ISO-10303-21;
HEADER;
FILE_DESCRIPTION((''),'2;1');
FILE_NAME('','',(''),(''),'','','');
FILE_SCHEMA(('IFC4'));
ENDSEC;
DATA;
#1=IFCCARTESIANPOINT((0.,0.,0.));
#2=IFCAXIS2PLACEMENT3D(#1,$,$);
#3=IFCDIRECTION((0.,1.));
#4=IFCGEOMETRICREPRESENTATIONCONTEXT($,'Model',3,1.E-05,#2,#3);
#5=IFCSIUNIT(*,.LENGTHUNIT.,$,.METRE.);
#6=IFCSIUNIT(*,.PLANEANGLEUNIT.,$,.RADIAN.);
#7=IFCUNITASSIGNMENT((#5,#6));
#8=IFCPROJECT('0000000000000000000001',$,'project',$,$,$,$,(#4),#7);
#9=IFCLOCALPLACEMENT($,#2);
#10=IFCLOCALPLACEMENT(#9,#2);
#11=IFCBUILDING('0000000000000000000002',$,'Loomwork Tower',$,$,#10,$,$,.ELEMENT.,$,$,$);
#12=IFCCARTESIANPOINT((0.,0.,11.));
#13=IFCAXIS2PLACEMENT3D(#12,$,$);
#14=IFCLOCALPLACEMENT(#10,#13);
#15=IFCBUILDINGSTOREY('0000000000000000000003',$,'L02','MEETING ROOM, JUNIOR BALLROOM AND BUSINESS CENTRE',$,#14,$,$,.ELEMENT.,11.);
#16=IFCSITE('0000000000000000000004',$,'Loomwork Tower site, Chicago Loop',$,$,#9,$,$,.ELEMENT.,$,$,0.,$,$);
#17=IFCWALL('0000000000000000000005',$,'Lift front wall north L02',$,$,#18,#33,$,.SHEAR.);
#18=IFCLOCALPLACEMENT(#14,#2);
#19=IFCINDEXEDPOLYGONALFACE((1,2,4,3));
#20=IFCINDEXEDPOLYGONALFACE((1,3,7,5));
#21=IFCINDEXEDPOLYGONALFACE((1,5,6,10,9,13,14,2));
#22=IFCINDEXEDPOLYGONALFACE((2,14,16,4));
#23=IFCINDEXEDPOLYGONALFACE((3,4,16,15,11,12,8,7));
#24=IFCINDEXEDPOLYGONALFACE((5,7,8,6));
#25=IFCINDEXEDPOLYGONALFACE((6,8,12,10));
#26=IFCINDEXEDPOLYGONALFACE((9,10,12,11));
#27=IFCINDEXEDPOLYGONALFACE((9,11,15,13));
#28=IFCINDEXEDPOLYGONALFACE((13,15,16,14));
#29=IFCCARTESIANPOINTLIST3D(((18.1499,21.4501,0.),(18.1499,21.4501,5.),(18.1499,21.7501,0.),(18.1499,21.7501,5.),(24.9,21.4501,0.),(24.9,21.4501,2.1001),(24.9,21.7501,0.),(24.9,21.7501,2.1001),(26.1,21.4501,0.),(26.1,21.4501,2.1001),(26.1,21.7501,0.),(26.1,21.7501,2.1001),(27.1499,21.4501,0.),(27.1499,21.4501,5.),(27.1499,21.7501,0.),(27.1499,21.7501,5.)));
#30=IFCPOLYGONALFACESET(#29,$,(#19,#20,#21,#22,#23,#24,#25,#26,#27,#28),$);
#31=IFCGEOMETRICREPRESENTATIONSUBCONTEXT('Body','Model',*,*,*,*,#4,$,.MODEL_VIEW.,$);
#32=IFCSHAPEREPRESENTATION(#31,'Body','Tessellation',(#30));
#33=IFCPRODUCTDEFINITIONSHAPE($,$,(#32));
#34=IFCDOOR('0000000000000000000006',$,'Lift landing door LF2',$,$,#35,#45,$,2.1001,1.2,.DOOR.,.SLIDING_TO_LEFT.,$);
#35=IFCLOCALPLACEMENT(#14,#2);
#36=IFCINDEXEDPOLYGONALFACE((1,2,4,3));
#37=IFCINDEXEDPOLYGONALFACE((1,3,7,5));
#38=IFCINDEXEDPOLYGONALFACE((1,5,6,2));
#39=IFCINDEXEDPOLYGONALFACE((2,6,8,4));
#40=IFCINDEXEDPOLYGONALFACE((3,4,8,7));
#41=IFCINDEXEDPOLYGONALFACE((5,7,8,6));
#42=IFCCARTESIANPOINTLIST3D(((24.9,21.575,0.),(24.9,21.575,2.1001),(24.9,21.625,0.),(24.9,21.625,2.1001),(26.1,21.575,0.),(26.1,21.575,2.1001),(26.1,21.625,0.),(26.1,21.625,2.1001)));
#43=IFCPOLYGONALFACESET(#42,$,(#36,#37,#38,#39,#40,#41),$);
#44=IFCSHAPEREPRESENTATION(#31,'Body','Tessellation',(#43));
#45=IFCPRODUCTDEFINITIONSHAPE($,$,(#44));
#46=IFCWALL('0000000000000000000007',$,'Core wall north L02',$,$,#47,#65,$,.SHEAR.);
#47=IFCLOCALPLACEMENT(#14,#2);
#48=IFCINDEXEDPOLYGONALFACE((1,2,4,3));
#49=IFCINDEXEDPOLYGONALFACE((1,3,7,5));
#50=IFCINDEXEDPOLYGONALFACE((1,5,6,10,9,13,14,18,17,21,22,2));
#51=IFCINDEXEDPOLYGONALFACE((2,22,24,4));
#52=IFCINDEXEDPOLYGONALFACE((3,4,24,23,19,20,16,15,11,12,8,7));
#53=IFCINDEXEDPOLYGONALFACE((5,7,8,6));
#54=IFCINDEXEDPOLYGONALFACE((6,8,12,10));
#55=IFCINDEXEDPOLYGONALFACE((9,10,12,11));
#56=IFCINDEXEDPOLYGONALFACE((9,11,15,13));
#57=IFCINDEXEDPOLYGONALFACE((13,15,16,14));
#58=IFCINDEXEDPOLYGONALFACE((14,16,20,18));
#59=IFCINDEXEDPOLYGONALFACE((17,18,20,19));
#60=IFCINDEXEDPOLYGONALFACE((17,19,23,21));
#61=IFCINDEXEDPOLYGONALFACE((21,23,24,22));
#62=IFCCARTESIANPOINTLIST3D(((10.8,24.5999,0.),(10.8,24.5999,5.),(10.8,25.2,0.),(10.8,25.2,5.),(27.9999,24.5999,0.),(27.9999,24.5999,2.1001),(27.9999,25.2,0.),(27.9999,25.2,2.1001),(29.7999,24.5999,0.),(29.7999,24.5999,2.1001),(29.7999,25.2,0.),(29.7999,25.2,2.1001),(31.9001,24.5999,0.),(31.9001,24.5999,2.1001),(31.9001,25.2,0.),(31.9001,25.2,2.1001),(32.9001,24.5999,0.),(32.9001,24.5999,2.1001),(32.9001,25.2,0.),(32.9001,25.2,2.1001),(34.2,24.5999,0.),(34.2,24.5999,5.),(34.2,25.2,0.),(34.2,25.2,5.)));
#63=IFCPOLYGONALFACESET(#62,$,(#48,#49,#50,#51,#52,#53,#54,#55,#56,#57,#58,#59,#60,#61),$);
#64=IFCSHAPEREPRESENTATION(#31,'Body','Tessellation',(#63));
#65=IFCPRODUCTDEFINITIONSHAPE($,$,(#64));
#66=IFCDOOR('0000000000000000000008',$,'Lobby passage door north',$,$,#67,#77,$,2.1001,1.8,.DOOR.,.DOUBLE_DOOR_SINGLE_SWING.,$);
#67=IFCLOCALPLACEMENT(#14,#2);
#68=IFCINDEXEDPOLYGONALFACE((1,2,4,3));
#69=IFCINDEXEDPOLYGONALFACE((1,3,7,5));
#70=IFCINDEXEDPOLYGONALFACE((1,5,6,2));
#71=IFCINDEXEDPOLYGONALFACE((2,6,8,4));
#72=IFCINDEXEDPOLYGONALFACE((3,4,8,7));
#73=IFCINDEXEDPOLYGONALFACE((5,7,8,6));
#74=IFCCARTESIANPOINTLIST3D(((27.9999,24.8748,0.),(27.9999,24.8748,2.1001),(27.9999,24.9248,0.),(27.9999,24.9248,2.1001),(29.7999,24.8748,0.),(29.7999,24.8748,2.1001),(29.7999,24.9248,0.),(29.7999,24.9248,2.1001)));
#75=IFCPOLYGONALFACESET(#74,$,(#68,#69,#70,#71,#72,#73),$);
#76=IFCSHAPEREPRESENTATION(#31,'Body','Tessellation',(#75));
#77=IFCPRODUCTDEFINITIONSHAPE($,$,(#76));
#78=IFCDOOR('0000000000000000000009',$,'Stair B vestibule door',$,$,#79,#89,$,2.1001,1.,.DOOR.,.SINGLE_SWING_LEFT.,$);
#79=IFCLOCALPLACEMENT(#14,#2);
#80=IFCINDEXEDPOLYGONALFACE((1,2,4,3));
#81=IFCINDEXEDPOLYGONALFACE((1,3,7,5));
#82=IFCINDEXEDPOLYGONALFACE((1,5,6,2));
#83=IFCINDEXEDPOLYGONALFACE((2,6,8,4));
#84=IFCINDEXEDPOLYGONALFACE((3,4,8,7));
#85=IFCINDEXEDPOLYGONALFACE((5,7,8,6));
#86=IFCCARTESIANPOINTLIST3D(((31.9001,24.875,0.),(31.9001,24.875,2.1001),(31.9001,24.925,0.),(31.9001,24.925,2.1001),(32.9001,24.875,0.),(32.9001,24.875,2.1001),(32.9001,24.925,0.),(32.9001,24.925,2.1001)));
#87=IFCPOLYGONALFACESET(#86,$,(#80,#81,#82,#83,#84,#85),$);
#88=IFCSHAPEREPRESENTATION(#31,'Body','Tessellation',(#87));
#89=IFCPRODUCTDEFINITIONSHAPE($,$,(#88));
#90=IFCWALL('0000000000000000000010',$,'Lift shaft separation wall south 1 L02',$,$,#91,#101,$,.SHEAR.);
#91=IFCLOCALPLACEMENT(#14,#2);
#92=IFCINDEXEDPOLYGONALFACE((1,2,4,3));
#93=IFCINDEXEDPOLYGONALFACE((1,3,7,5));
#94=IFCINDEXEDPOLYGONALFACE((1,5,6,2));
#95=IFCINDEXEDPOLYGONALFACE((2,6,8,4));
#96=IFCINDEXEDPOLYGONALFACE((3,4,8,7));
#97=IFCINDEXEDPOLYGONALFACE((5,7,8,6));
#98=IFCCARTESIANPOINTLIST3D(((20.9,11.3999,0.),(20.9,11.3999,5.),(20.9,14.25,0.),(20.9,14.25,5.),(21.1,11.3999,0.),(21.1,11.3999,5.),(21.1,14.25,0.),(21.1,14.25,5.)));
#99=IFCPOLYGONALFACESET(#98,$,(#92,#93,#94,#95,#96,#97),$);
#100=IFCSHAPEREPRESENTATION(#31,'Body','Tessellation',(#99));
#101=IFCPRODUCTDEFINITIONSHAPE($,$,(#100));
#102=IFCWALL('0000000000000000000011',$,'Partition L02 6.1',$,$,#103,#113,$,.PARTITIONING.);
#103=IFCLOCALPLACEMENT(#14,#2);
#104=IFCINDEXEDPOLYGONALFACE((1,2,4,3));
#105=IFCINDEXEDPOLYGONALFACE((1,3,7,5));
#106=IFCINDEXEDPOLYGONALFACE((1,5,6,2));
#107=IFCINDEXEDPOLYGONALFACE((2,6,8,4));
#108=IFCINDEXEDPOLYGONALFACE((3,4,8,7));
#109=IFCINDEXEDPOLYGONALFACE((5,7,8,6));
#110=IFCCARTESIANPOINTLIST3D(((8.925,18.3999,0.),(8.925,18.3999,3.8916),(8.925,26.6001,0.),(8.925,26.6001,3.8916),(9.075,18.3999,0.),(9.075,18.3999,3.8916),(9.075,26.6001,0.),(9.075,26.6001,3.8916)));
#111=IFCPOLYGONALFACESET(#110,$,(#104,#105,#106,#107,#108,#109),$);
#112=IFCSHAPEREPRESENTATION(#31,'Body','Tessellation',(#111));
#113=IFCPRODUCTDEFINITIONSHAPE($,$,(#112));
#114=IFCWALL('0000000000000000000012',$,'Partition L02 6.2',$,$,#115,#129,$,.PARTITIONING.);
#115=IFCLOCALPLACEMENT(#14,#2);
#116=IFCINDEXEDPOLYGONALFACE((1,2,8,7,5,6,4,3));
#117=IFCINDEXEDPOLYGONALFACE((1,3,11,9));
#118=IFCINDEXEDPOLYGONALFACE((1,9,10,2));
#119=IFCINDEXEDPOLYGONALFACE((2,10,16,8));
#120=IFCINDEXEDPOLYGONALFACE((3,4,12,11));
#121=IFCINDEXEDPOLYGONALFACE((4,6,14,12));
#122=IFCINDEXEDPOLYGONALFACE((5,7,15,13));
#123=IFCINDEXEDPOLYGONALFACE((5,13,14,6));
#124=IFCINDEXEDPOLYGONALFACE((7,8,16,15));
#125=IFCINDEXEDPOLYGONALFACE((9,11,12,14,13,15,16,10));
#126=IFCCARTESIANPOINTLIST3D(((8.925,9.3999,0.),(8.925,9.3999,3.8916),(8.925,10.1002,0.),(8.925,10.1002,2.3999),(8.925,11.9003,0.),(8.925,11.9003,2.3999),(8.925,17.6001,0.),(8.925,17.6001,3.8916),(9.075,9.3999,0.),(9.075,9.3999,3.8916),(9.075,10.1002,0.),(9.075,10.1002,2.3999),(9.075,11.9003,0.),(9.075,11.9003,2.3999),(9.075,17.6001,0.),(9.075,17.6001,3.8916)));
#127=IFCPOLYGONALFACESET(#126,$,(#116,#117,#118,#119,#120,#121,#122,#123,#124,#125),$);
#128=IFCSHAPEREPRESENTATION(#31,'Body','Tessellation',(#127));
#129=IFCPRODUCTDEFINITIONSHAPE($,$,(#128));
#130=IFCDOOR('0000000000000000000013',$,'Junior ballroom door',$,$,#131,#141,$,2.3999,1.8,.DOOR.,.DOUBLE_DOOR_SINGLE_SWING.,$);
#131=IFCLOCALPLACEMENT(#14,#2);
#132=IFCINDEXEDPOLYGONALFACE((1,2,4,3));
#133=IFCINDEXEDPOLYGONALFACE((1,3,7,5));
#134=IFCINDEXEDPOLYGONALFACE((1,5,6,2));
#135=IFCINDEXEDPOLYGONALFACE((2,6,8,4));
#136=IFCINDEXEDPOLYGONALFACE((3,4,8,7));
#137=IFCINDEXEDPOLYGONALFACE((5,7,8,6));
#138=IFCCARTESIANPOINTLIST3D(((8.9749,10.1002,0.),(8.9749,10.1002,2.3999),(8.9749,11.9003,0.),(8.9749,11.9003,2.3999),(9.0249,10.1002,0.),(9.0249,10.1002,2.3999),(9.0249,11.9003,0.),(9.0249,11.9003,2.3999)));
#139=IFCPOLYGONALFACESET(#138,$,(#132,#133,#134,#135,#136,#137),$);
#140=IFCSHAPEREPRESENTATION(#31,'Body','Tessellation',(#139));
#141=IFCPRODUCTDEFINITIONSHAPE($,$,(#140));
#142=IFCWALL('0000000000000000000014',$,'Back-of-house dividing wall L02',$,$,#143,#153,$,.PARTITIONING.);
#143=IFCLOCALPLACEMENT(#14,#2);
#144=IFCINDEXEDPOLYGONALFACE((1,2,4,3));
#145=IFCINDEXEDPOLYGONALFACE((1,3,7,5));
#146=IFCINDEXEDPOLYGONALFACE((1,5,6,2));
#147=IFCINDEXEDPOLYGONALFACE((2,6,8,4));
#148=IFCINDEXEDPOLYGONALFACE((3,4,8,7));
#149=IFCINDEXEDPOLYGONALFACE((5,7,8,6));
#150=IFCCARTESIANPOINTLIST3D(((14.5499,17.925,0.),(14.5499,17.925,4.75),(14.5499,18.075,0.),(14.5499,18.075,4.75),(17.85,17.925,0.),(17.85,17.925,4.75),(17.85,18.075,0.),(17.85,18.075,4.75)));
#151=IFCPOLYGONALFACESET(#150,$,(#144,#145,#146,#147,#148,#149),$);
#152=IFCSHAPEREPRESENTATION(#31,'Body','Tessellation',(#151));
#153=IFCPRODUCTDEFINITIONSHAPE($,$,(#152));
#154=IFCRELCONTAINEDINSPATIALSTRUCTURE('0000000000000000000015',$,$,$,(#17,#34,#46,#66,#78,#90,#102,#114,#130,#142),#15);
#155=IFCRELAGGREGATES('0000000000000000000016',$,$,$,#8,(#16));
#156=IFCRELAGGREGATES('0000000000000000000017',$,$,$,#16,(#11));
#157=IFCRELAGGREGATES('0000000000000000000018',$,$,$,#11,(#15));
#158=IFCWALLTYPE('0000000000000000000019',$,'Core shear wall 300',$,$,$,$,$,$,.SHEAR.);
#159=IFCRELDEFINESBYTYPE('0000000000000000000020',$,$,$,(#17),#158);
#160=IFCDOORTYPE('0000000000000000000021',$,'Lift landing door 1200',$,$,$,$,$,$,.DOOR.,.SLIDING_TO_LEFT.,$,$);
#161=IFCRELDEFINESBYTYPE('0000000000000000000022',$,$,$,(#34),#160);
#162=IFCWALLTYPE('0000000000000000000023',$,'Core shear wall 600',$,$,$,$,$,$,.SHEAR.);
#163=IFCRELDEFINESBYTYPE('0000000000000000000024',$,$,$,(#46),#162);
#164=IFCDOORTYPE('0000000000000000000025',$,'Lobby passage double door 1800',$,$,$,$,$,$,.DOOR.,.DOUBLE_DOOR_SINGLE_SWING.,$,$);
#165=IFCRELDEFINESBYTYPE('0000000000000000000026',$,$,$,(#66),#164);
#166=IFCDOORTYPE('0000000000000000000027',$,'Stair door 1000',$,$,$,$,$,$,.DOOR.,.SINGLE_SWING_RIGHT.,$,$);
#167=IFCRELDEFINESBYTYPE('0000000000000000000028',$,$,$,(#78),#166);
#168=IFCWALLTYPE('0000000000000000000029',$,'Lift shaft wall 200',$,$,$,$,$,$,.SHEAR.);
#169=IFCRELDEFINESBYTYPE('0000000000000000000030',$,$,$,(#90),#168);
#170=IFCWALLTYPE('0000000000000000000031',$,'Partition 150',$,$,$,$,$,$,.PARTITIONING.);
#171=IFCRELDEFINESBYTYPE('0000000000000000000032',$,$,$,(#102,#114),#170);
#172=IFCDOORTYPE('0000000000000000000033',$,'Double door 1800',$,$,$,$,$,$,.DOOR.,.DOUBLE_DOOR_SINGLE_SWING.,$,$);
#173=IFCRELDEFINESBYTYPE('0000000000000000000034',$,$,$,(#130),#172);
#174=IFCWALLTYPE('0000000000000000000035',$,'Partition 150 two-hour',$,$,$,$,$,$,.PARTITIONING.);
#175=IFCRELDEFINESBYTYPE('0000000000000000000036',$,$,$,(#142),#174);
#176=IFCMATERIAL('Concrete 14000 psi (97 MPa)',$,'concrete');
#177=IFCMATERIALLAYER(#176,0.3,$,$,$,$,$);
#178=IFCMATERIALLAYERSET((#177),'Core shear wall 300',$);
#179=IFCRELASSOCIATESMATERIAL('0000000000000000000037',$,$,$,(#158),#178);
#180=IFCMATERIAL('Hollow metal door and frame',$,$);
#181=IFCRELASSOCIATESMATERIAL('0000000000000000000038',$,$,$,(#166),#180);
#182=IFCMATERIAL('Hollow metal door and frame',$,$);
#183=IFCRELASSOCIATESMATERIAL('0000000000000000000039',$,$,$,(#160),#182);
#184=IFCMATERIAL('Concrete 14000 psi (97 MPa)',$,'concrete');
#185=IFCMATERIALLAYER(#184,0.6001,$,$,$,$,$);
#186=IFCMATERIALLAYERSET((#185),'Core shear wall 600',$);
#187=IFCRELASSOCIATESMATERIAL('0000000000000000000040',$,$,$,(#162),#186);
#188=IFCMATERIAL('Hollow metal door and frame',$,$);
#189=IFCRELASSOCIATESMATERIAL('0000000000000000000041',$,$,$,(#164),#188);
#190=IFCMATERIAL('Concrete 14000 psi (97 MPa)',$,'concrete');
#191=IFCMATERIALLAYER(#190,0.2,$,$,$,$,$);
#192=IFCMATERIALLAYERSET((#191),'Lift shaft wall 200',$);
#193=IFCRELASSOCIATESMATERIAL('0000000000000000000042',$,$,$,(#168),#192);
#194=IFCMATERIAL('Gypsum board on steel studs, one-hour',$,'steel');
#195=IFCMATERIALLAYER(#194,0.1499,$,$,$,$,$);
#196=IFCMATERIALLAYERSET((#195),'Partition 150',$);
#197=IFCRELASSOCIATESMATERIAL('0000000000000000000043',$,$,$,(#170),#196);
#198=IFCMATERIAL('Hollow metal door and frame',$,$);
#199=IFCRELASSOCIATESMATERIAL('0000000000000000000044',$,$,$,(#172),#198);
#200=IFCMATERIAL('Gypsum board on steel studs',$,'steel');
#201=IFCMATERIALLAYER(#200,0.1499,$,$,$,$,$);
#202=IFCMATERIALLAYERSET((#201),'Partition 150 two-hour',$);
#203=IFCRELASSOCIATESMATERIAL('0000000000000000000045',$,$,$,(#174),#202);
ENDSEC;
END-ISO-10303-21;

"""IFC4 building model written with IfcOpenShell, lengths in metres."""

from ifc_helpers import new_model, si_unit, direction, frame, frame_2d, origin, place, context, subcontext, project, spatial, rectangle, extrude, material, layer, layer_set, type_object, element, fill, save


model = new_model("IFC4")

# Units and contexts
model_context = context("Model", 3, precision=1e-05, world=origin(), true_north=direction((0.0, 1.0)))
body_context = subcontext(model_context, "Body", "Model", "MODEL_VIEW")
ifc_project = project(units=[si_unit("LENGTHUNIT", "METRE"), si_unit("PLANEANGLEUNIT", "RADIAN")], contexts=[model_context])

# Site, building, storey
site_placement = place(None, origin())
site = spatial("IfcSite", under=ifc_project, at=site_placement, Name="Loomwork Tower site, Chicago Loop", CompositionType="ELEMENT", RefElevation=0.0)
building_placement = place(site_placement, origin())
building = spatial("IfcBuilding", under=site, at=building_placement, Name="Loomwork Tower", CompositionType="ELEMENT")
storey_placement = place(building_placement, frame((0.0, 0.0, 11.0)))
storey = spatial("IfcBuildingStorey", under=building, at=storey_placement, Name="L02", Description="MEETING ROOM, JUNIOR BALLROOM AND BUSINESS CENTRE", CompositionType="ELEMENT", Elevation=11.0)

# Shared definitions
ifc_material_1 = material(Name="Concrete 14000 psi (97 MPa)", Category="concrete")
ifc_layer_1 = layer(ifc_material_1, 0.3)
ifc_layer_set_1 = layer_set([ifc_layer_1], Name="Core shear wall 300")
wall_type_1 = type_object("IfcWallType", Name="Core shear wall 300", PredefinedType="SHEAR", material=ifc_layer_set_1)
ifc_material_2 = material(Name="Hollow metal door and frame")
door_type_1 = type_object("IfcDoorType", Name="Stair door 1000", OperationType="SINGLE_SWING_RIGHT", PredefinedType="DOOR", material=ifc_material_2)

# Shared definitions
ifc_material_3 = material(Name="Hollow metal door and frame")
door_type_2 = type_object("IfcDoorType", Name="Lift landing door 1200", OperationType="SLIDING_TO_LEFT", PredefinedType="DOOR", material=ifc_material_3)

# Wall, opening, door
wall_1_placement = place(storey_placement, frame((18.1499, 21.6001, 0.0), z_axis=(0.0, 0.0, 1.0), x_axis=(1.0, 0.0, 0.0)))
wall_1 = element("IfcWall", 1, at=wall_1_placement, inside=storey, type_object=wall_type_1, Name="Lift front wall north L02", PredefinedType="SHEAR", context=body_context, shape_type="SweptSolid", body=[
    extrude(rectangle(XDim=9.0, YDim=0.3, at=frame_2d((4.5, 0.0))), origin(), (0.0, 0.0, 1.0), 5.0),
])
opening_1_placement = place(wall_1_placement, frame((6.75, 0.0, 0.0)))
opening_1 = element("IfcOpeningElement", 2, at=opening_1_placement, cuts=wall_1, PredefinedType="OPENING", context=body_context, shape_type="SweptSolid", body=[
    extrude(rectangle(XDim=1.2, YDim=2.1001, at=frame_2d((0.6001, 1.05))), frame((0.0, 0.1599, 0.0), z_axis=(0.0, -1.0, 0.0), x_axis=(1.0, 0.0, 0.0)), (0.0, 0.0, 1.0), 0.3201),
])
door_1_placement = place(opening_1_placement, origin())
door_1 = element("IfcDoor", 3, at=door_1_placement, inside=storey, type_object=door_type_2, Name="Lift landing door LF2", OperationType="SLIDING_TO_LEFT", OverallHeight=2.1001, OverallWidth=1.2, PredefinedType="DOOR", context=body_context, shape_type="SweptSolid", body=[
    extrude(rectangle(XDim=1.2, YDim=2.1001, at=frame_2d((0.6001, 1.05))), frame((0.0, 0.0249, 0.0), z_axis=(0.0, -1.0, 0.0), x_axis=(1.0, 0.0, 0.0)), (0.0, 0.0, 1.0), 0.05),
])
fill(opening_1, door_1)

# Wall, openings, doors
ifc_material_4 = material(Name="Concrete 14000 psi (97 MPa)", Category="concrete")
ifc_layer_2 = layer(ifc_material_4, 0.6001)
ifc_layer_set_2 = layer_set([ifc_layer_2], Name="Core shear wall 600")
wall_type_2 = type_object("IfcWallType", Name="Core shear wall 600", PredefinedType="SHEAR", material=ifc_layer_set_2)
wall_2_placement = place(storey_placement, frame((10.8, 24.8999, 0.0), z_axis=(0.0, 0.0, 1.0), x_axis=(1.0, 0.0, 0.0)))
wall_2 = element("IfcWall", 4, at=wall_2_placement, inside=storey, type_object=wall_type_2, Name="Core wall north L02", PredefinedType="SHEAR", context=body_context, shape_type="SweptSolid", body=[
    extrude(rectangle(XDim=23.3999, YDim=0.6001, at=frame_2d((11.7, 0.0))), origin(), (0.0, 0.0, 1.0), 5.0),
])
opening_2_placement = place(wall_2_placement, frame((17.2, 0.0, 0.0)))
opening_2 = element("IfcOpeningElement", 5, at=opening_2_placement, cuts=wall_2, PredefinedType="OPENING", context=body_context, shape_type="SweptSolid", body=[
    extrude(rectangle(XDim=1.8, YDim=2.1001, at=frame_2d((0.8999, 1.05))), frame((0.0, 0.3101, 0.0), z_axis=(0.0, -1.0, 0.0), x_axis=(1.0, 0.0, 0.0)), (0.0, 0.0, 1.0), 0.6201),
])
opening_3_placement = place(wall_2_placement, frame((21.1001, 0.0, 0.0)))
opening_3 = element("IfcOpeningElement", 6, at=opening_3_placement, cuts=wall_2, PredefinedType="OPENING", context=body_context, shape_type="SweptSolid", body=[
    extrude(rectangle(XDim=1.0, YDim=2.1001, at=frame_2d((0.5, 1.05))), frame((0.0, 0.3101, 0.0), z_axis=(0.0, -1.0, 0.0), x_axis=(1.0, 0.0, 0.0)), (0.0, 0.0, 1.0), 0.6201),
])
ifc_material_5 = material(Name="Hollow metal door and frame")
door_type_3 = type_object("IfcDoorType", Name="Lobby passage double door 1800", OperationType="DOUBLE_DOOR_SINGLE_SWING", PredefinedType="DOOR", material=ifc_material_5)
door_2_placement = place(opening_2_placement, origin())
door_2 = element("IfcDoor", 7, at=door_2_placement, inside=storey, type_object=door_type_3, Name="Lobby passage door north", OperationType="DOUBLE_DOOR_SINGLE_SWING", OverallHeight=2.1001, OverallWidth=1.8, PredefinedType="DOOR", context=body_context, shape_type="SweptSolid", body=[
    extrude(rectangle(XDim=1.8, YDim=2.1001, at=frame_2d((0.8999, 1.05))), frame((0.0, 0.0249, 0.0), z_axis=(0.0, -1.0, 0.0), x_axis=(1.0, 0.0, 0.0)), (0.0, 0.0, 1.0), 0.05),
])
fill(opening_2, door_2)
door_3_placement = place(opening_3_placement, frame((1.0, 0.0, 0.0), z_axis=(0.0, 0.0, 1.0), x_axis=(-1.0, 0.0, 0.0)))
door_3 = element("IfcDoor", 8, at=door_3_placement, inside=storey, type_object=door_type_1, Name="Stair B vestibule door", OperationType="SINGLE_SWING_LEFT", OverallHeight=2.1001, OverallWidth=1.0, PredefinedType="DOOR", context=body_context, shape_type="SweptSolid", body=[
    extrude(rectangle(XDim=1.0, YDim=2.1001, at=frame_2d((0.5, 1.05))), frame((0.0, 0.0249, 0.0), z_axis=(0.0, -1.0, 0.0), x_axis=(1.0, 0.0, 0.0)), (0.0, 0.0, 1.0), 0.05),
])
fill(opening_3, door_3)

# Walls
ifc_material_6 = material(Name="Concrete 14000 psi (97 MPa)", Category="concrete")
ifc_layer_3 = layer(ifc_material_6, 0.2)
ifc_layer_set_3 = layer_set([ifc_layer_3], Name="Lift shaft wall 200")
wall_type_3 = type_object("IfcWallType", Name="Lift shaft wall 200", PredefinedType="SHEAR", material=ifc_layer_set_3)
wall_3_placement = place(storey_placement, frame((21.0, 11.3999, 0.0), z_axis=(0.0, 0.0, 1.0), x_axis=(0.0, 1.0, 0.0)))
element("IfcWall", 9, at=wall_3_placement, inside=storey, type_object=wall_type_3, Name="Lift shaft separation wall south 1 L02", PredefinedType="SHEAR", context=body_context, shape_type="SweptSolid", body=[
    extrude(rectangle(XDim=2.8501, YDim=0.2, at=frame_2d((1.425, 0.0))), origin(), (0.0, 0.0, 1.0), 5.0),
])
ifc_material_7 = material(Name="Gypsum board on steel studs, one-hour", Category="steel")
ifc_layer_4 = layer(ifc_material_7, 0.1499)
ifc_layer_set_4 = layer_set([ifc_layer_4], Name="Partition 150")
wall_type_4 = type_object("IfcWallType", Name="Partition 150", PredefinedType="PARTITIONING", material=ifc_layer_set_4)
wall_4_placement = place(storey_placement, frame((9.0, 26.6001, 0.0), z_axis=(0.0, 0.0, 1.0), x_axis=(0.0, -1.0, 0.0)))
element("IfcWall", 10, at=wall_4_placement, inside=storey, type_object=wall_type_4, Name="Partition L02 6.1", PredefinedType="PARTITIONING", context=body_context, shape_type="SweptSolid", body=[
    extrude(rectangle(XDim=8.2002, YDim=0.1499, at=frame_2d((4.1001, 0.0))), origin(), (0.0, 0.0, 1.0), 3.8916),
])

# Wall, opening, door
wall_5_placement = place(storey_placement, frame((9.0, 17.6001, 0.0), z_axis=(0.0, 0.0, 1.0), x_axis=(0.0, -1.0, 0.0)))
wall_5 = element("IfcWall", 11, at=wall_5_placement, inside=storey, type_object=wall_type_4, Name="Partition L02 6.2", PredefinedType="PARTITIONING", context=body_context, shape_type="SweptSolid", body=[
    extrude(rectangle(XDim=8.2002, YDim=0.1499, at=frame_2d((4.1001, 0.0))), origin(), (0.0, 0.0, 1.0), 3.8916),
])
opening_4_placement = place(wall_5_placement, frame((5.7, 0.0, 0.0)))
opening_4 = element("IfcOpeningElement", 12, at=opening_4_placement, cuts=wall_5, PredefinedType="OPENING", context=body_context, shape_type="SweptSolid", body=[
    extrude(rectangle(XDim=1.8, YDim=2.3999, at=frame_2d((0.8999, 1.2))), frame((0.0, 0.085, 0.0), z_axis=(0.0, -1.0, 0.0), x_axis=(1.0, 0.0, 0.0)), (0.0, 0.0, 1.0), 0.1699),
])
ifc_material_8 = material(Name="Hollow metal door and frame")
door_type_4 = type_object("IfcDoorType", Name="Double door 1800", OperationType="DOUBLE_DOOR_SINGLE_SWING", PredefinedType="DOOR", material=ifc_material_8)
door_4_placement = place(opening_4_placement, origin())
door_4 = element("IfcDoor", 13, at=door_4_placement, inside=storey, type_object=door_type_4, Name="Junior ballroom door", OperationType="DOUBLE_DOOR_SINGLE_SWING", OverallHeight=2.3999, OverallWidth=1.8, PredefinedType="DOOR", context=body_context, shape_type="SweptSolid", body=[
    extrude(rectangle(XDim=1.8, YDim=2.3999, at=frame_2d((0.8999, 1.2))), frame((0.0, 0.0249, 0.0), z_axis=(0.0, -1.0, 0.0), x_axis=(1.0, 0.0, 0.0)), (0.0, 0.0, 1.0), 0.05),
])
fill(opening_4, door_4)

# Wall
ifc_material_9 = material(Name="Gypsum board on steel studs", Category="steel")
ifc_layer_5 = layer(ifc_material_9, 0.1499)
ifc_layer_set_5 = layer_set([ifc_layer_5], Name="Partition 150 two-hour")
wall_type_5 = type_object("IfcWallType", Name="Partition 150 two-hour", PredefinedType="PARTITIONING", material=ifc_layer_set_5)
wall_6_placement = place(storey_placement, frame((14.55, 18.0, 0.0), z_axis=(0.0, 0.0, 1.0), x_axis=(1.0, 0.0, 0.0)))
element("IfcWall", 14, at=wall_6_placement, inside=storey, type_object=wall_type_5, Name="Back-of-house dividing wall L02", PredefinedType="PARTITIONING", context=body_context, shape_type="SweptSolid", body=[
    extrude(rectangle(XDim=3.3, YDim=0.1499, at=frame_2d((1.6499, 0.0))), origin(), (0.0, 0.0, 1.0), 4.75),
])

save(model, "model.ifc")
